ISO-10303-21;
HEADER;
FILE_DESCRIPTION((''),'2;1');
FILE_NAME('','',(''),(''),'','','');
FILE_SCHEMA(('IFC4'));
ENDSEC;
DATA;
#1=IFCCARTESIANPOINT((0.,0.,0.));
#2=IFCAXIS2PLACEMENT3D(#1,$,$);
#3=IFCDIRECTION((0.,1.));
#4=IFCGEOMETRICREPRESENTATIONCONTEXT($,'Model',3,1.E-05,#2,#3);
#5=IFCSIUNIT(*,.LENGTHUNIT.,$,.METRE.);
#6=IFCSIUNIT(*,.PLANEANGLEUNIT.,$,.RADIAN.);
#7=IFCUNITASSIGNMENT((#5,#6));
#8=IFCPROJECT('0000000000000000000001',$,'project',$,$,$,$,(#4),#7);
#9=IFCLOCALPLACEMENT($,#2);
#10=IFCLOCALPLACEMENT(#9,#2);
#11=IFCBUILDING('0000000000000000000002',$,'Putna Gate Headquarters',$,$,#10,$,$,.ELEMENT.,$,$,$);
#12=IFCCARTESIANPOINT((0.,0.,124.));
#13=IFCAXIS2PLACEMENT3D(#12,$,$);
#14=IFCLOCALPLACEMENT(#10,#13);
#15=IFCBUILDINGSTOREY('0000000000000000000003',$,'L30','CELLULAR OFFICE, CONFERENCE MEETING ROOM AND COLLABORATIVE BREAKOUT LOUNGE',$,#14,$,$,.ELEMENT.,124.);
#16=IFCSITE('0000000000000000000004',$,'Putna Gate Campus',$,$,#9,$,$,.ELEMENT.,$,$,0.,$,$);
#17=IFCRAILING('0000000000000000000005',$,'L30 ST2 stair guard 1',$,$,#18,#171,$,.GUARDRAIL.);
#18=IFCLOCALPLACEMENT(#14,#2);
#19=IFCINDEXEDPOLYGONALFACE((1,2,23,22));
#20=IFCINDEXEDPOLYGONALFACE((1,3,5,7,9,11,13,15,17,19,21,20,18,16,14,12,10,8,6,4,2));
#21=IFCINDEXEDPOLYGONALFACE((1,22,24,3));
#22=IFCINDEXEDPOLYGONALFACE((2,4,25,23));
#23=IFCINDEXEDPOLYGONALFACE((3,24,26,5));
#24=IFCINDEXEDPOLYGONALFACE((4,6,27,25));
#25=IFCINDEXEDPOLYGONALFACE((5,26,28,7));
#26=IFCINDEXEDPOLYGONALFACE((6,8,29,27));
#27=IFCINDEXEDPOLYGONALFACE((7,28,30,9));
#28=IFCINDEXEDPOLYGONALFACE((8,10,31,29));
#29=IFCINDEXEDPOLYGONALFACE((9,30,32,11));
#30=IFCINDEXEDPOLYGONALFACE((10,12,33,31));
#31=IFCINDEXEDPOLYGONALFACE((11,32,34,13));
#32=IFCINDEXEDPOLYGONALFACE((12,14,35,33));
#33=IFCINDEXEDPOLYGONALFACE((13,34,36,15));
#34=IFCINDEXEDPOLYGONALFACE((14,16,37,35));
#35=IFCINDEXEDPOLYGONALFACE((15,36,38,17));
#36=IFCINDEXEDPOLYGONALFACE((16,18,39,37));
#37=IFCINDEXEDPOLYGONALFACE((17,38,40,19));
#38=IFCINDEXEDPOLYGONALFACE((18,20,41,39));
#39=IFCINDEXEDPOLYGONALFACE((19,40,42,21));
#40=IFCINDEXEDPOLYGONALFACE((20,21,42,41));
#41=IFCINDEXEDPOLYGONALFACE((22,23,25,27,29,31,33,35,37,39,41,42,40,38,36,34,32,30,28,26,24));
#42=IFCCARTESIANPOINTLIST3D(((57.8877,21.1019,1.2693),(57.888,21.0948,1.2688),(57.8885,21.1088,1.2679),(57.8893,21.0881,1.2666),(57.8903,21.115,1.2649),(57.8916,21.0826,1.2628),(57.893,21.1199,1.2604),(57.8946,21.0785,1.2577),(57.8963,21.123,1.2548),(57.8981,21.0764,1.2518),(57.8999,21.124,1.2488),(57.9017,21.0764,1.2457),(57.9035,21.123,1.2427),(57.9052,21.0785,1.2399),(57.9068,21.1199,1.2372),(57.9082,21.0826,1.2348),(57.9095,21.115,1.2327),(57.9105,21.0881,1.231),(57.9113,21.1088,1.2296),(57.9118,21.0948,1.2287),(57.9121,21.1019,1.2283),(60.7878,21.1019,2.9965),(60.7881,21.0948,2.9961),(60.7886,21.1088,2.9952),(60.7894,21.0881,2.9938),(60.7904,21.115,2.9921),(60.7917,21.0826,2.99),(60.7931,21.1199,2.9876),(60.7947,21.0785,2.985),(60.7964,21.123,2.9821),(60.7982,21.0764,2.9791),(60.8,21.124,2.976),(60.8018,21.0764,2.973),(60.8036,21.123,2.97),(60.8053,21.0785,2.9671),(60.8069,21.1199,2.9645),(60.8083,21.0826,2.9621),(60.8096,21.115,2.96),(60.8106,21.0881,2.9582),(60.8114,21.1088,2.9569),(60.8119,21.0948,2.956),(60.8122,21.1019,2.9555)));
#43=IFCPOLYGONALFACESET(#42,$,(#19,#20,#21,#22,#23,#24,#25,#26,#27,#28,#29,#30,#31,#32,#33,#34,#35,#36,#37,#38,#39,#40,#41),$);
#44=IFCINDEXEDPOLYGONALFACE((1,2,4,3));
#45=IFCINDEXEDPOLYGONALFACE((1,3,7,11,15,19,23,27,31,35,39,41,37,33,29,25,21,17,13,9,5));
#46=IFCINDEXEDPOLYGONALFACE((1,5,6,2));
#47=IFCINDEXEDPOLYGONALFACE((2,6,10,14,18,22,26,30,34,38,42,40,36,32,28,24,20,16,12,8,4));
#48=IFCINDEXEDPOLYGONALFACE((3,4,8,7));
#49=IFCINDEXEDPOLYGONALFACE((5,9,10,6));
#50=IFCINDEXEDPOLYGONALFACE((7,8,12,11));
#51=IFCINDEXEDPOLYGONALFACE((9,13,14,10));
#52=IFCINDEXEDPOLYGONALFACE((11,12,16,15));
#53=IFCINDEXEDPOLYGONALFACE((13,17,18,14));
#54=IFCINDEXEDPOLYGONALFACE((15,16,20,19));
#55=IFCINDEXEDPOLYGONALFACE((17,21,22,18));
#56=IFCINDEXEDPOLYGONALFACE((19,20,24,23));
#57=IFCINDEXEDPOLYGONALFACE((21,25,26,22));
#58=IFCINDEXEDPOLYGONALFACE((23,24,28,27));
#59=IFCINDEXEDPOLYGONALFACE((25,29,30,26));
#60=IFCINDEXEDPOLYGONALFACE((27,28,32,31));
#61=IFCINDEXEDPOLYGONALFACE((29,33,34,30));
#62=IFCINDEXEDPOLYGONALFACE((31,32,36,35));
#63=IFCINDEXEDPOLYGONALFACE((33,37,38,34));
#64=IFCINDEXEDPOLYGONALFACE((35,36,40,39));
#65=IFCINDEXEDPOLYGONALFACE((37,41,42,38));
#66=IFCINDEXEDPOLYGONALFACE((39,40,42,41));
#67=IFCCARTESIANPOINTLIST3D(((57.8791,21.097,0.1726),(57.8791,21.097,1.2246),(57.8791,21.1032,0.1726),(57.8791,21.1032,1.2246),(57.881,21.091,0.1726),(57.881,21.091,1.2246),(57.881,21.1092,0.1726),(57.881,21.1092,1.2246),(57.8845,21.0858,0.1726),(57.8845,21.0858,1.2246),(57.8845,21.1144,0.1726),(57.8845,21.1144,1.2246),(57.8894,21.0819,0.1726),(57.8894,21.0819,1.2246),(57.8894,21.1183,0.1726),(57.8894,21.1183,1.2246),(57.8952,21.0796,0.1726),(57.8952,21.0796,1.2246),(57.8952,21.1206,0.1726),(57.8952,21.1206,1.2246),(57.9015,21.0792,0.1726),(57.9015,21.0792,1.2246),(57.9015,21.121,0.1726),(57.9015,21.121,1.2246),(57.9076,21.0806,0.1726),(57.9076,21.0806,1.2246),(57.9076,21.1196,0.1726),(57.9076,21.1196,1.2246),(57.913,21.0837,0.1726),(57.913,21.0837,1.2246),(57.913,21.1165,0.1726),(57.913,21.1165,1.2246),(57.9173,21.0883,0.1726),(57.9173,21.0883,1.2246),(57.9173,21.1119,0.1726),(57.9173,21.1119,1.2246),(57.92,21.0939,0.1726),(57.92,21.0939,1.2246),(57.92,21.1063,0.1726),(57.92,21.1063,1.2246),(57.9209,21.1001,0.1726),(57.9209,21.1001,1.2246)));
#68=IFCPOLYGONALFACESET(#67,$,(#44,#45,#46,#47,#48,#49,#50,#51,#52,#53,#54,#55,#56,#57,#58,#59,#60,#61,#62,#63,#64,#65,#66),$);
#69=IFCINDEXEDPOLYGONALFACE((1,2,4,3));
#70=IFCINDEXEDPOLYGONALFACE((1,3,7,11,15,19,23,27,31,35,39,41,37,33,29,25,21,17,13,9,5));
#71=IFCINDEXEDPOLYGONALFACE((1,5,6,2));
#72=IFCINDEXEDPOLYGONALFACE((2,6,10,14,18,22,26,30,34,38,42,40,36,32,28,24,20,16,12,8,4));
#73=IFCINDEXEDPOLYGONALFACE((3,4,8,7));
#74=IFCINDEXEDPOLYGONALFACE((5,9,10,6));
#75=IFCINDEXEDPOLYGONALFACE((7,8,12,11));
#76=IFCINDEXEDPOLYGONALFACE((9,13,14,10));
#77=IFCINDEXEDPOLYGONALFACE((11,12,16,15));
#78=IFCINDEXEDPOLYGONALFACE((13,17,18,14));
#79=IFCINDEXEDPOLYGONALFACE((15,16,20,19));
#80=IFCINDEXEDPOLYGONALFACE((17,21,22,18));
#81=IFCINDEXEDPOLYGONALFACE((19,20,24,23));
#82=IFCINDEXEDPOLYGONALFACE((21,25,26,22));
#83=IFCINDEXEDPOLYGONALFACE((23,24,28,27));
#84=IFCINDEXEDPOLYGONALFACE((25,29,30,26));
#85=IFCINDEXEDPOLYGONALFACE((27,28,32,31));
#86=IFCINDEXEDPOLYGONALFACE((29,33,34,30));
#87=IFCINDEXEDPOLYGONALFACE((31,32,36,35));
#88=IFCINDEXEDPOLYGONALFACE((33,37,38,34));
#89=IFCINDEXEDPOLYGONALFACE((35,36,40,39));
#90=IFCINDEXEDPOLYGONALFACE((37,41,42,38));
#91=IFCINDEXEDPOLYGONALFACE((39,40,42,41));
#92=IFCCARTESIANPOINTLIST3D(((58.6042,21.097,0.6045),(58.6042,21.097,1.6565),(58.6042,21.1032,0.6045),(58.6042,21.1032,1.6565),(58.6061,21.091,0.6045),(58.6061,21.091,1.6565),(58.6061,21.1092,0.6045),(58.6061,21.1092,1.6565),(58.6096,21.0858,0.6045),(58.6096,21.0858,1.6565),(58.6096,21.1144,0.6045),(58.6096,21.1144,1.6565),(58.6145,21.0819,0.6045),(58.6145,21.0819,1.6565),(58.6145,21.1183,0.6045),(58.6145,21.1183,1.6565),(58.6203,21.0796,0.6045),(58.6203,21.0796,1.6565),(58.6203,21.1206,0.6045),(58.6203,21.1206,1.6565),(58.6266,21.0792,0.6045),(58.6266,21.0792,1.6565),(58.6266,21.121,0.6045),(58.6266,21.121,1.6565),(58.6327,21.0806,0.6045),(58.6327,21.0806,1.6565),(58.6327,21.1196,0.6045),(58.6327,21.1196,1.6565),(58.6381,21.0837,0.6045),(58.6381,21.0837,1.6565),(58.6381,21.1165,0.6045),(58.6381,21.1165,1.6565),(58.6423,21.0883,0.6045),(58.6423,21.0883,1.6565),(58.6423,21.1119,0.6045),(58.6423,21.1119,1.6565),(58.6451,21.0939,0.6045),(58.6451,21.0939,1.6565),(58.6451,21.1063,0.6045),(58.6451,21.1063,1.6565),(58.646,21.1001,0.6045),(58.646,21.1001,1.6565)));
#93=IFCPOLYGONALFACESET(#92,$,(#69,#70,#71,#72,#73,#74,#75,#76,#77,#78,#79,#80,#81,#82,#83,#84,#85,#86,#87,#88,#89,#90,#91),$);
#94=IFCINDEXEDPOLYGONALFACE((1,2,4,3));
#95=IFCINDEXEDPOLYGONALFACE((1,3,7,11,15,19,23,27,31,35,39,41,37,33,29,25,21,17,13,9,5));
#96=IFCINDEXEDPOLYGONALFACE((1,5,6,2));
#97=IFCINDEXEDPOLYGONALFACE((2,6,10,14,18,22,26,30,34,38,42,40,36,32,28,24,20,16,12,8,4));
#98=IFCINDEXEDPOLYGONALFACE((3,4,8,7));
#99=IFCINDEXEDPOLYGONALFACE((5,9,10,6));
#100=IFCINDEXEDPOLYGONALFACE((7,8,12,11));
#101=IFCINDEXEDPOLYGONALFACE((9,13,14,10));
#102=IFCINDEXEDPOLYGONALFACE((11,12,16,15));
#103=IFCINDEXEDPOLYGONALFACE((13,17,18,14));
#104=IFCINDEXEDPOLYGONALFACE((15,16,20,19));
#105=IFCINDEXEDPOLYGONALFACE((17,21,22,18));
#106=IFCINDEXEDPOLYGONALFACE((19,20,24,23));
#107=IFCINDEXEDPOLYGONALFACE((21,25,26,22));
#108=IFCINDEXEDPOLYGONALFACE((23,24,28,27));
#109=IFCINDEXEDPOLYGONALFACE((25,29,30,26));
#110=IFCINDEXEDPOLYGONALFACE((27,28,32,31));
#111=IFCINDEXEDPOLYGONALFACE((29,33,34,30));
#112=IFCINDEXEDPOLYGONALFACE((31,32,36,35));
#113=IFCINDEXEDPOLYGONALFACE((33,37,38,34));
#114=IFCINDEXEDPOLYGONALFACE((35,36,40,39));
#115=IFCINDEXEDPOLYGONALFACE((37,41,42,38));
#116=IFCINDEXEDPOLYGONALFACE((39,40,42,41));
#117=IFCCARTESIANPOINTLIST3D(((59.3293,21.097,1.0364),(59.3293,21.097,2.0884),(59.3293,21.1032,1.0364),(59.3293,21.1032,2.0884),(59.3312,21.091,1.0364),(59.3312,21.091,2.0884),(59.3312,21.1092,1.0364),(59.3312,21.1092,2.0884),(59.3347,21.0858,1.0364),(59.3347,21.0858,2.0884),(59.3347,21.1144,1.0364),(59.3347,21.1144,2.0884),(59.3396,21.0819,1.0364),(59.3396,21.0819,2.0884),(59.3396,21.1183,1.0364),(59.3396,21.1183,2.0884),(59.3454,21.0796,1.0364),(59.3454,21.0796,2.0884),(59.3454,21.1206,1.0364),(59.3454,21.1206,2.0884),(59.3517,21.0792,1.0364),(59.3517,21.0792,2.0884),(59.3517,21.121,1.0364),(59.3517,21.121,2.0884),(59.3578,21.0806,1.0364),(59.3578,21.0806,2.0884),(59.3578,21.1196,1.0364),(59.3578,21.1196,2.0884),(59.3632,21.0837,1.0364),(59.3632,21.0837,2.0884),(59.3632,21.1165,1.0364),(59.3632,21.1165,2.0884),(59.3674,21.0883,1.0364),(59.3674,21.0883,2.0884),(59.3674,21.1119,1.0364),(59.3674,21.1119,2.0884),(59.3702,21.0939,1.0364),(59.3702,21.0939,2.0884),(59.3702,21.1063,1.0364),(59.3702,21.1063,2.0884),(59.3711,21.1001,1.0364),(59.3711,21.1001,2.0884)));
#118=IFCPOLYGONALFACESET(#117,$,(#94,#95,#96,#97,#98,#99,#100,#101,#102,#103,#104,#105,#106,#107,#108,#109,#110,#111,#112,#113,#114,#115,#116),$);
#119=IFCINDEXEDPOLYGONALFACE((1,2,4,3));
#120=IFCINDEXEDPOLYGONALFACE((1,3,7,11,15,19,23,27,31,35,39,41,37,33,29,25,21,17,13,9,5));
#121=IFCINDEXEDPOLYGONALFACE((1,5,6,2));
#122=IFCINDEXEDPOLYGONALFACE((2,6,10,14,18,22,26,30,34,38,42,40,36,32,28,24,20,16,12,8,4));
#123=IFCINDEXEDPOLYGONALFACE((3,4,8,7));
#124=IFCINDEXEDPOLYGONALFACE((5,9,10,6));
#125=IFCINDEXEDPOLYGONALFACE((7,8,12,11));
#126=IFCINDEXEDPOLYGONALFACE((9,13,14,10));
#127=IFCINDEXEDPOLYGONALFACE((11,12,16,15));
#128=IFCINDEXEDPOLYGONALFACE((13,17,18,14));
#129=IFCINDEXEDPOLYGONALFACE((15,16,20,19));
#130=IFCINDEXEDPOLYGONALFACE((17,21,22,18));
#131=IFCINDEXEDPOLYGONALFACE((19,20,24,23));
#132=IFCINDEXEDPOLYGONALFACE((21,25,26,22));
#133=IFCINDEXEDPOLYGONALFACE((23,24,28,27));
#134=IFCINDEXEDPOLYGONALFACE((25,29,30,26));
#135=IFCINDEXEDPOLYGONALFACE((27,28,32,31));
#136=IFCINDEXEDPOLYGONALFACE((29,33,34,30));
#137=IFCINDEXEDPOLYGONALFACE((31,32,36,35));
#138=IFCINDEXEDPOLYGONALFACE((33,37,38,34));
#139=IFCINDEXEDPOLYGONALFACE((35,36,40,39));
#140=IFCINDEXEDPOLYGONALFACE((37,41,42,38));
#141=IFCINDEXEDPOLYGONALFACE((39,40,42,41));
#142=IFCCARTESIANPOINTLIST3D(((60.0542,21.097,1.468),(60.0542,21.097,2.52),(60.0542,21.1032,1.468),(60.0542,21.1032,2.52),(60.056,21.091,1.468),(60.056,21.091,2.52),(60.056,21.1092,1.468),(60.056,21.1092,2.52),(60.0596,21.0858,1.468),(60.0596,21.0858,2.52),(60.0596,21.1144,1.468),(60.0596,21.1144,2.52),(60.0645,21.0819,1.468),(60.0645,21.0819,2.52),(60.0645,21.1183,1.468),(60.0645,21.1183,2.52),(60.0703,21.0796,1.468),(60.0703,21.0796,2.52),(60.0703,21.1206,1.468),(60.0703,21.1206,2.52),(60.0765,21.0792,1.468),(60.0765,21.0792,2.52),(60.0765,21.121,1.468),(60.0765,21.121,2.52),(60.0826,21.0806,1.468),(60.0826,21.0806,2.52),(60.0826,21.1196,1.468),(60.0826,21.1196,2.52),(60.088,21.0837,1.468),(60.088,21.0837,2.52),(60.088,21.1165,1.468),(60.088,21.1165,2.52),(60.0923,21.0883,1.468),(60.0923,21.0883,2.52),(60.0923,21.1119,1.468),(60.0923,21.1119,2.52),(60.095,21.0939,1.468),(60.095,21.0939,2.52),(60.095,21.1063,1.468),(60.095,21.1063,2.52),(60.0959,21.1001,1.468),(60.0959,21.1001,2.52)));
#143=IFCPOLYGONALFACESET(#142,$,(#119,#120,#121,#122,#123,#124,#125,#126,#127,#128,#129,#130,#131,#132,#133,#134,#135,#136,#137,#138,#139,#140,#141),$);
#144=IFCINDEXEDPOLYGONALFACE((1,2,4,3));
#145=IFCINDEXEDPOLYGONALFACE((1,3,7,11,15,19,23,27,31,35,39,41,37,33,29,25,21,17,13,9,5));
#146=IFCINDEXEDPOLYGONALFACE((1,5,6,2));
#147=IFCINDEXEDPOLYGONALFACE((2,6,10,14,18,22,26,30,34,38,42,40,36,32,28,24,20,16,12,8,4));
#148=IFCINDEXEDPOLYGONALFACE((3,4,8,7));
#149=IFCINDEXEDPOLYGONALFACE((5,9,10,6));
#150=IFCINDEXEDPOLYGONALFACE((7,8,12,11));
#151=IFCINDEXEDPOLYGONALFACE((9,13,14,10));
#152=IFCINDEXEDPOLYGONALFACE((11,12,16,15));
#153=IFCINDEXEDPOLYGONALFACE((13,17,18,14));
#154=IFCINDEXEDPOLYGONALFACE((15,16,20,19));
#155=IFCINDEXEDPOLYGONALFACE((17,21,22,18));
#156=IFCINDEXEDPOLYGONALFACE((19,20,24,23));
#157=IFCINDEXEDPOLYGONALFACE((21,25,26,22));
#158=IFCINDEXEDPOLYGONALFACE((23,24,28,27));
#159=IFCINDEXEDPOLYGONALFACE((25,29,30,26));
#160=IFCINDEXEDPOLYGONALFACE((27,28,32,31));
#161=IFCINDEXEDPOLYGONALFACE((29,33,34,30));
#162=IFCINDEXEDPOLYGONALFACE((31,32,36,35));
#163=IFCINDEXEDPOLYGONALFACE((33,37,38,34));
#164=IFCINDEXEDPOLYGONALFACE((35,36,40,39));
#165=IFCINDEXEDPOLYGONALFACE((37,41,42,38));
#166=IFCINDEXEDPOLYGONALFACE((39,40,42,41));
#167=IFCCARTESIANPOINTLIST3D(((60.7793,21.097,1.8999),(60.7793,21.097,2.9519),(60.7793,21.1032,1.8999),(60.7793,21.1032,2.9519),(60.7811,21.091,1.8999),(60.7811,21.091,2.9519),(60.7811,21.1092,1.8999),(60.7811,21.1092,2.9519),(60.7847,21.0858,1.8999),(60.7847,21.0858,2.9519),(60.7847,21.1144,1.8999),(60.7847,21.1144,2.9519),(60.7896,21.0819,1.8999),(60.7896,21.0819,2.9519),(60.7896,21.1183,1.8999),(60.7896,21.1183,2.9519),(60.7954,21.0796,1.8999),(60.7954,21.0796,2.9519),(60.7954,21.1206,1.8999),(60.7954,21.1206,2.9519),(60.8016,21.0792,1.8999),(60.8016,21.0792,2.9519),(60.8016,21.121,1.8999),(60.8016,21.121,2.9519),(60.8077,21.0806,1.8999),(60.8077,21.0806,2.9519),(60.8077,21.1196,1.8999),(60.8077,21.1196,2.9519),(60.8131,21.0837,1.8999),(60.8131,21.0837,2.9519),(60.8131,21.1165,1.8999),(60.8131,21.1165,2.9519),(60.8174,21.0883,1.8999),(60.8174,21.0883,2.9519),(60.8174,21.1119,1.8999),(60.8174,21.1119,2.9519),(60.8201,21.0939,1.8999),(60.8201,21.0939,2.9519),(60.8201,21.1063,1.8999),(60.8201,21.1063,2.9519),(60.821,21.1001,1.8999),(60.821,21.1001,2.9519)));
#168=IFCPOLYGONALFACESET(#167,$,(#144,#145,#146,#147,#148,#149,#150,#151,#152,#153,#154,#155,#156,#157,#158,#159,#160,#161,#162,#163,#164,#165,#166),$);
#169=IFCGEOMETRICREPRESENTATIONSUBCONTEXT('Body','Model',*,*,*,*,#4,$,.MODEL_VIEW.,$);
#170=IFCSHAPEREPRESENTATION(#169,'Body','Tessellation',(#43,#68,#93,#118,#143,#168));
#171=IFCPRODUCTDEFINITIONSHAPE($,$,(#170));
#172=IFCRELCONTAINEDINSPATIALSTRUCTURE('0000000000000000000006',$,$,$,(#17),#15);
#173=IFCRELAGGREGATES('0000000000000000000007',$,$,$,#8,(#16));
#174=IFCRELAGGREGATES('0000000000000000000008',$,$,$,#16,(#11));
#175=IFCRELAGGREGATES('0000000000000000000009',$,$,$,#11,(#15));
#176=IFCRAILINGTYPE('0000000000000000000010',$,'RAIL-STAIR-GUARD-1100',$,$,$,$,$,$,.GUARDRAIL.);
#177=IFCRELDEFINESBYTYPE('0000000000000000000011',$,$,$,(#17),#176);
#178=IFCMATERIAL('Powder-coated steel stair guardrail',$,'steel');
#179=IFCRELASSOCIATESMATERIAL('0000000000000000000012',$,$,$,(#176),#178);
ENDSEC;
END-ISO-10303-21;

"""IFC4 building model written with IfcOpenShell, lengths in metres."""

from ifc_helpers import new_model, si_unit, direction, frame, origin, origin_2d, place, context, subcontext, project, spatial, circle, extrude, material, type_object, element, save


model = new_model("IFC4")

# Units and contexts
model_context = context("Model", 3, precision=1e-05, world=origin(), true_north=direction((0.0, 1.0)))
body_context = subcontext(model_context, "Body", "Model", "MODEL_VIEW")
ifc_project = project(units=[si_unit("LENGTHUNIT", "METRE"), si_unit("PLANEANGLEUNIT", "RADIAN")], contexts=[model_context])

# Site, building, storey
site_placement = place(None, origin())
site = spatial("IfcSite", under=ifc_project, at=site_placement, Name="Putna Gate Campus", CompositionType="ELEMENT", RefElevation=0.0)
building_placement = place(site_placement, origin())
building = spatial("IfcBuilding", under=site, at=building_placement, Name="Putna Gate Headquarters", CompositionType="ELEMENT")
storey_placement = place(building_placement, frame((0.0, 0.0, 124.0)))
storey = spatial("IfcBuildingStorey", under=building, at=storey_placement, Name="L30", Description="CELLULAR OFFICE, CONFERENCE MEETING ROOM AND COLLABORATIVE BREAKOUT LOUNGE", CompositionType="ELEMENT", Elevation=124.0)

# Railing
ifc_material_1 = material(Name="Powder-coated steel stair guardrail", Category="steel")
railing_type_1 = type_object("IfcRailingType", Name="RAIL-STAIR-GUARD-1100", PredefinedType="GUARDRAIL", material=ifc_material_1)
railing_1_placement = place(storey_placement, frame((57.8999, 21.1001, 0.1726)))
element("IfcRailing", 1, at=railing_1_placement, inside=storey, type_object=railing_type_1, Name="L30 ST2 stair guard 1", PredefinedType="GUARDRAIL", context=body_context, shape_type="SweptSolid", body=[
    extrude(circle(Radius=0.0239, at=origin_2d()), frame((0.0, 0.0, 1.0762), z_axis=(0.85916, 0.0, 0.511706), x_axis=(0.0, 1.0, 0.0)), (0.0, 0.0, 1.0), 3.3755),
    extrude(circle(Radius=0.021, at=origin_2d()), origin(), (0.0, 0.0, 1.0), 1.052),
    extrude(circle(Radius=0.021, at=origin_2d()), frame((0.7251, 0.0, 0.4319)), (0.0, 0.0, 1.0), 1.052),
    extrude(circle(Radius=0.021, at=origin_2d()), frame((1.4502, 0.0, 0.8638)), (0.0, 0.0, 1.0), 1.052),
    extrude(circle(Radius=0.021, at=origin_2d()), frame((2.175, 0.0, 1.2954)), (0.0, 0.0, 1.0), 1.052),
    extrude(circle(Radius=0.021, at=origin_2d()), frame((2.9001, 0.0, 1.7273)), (0.0, 0.0, 1.0), 1.052),
])

save(model, "model.ifc")
